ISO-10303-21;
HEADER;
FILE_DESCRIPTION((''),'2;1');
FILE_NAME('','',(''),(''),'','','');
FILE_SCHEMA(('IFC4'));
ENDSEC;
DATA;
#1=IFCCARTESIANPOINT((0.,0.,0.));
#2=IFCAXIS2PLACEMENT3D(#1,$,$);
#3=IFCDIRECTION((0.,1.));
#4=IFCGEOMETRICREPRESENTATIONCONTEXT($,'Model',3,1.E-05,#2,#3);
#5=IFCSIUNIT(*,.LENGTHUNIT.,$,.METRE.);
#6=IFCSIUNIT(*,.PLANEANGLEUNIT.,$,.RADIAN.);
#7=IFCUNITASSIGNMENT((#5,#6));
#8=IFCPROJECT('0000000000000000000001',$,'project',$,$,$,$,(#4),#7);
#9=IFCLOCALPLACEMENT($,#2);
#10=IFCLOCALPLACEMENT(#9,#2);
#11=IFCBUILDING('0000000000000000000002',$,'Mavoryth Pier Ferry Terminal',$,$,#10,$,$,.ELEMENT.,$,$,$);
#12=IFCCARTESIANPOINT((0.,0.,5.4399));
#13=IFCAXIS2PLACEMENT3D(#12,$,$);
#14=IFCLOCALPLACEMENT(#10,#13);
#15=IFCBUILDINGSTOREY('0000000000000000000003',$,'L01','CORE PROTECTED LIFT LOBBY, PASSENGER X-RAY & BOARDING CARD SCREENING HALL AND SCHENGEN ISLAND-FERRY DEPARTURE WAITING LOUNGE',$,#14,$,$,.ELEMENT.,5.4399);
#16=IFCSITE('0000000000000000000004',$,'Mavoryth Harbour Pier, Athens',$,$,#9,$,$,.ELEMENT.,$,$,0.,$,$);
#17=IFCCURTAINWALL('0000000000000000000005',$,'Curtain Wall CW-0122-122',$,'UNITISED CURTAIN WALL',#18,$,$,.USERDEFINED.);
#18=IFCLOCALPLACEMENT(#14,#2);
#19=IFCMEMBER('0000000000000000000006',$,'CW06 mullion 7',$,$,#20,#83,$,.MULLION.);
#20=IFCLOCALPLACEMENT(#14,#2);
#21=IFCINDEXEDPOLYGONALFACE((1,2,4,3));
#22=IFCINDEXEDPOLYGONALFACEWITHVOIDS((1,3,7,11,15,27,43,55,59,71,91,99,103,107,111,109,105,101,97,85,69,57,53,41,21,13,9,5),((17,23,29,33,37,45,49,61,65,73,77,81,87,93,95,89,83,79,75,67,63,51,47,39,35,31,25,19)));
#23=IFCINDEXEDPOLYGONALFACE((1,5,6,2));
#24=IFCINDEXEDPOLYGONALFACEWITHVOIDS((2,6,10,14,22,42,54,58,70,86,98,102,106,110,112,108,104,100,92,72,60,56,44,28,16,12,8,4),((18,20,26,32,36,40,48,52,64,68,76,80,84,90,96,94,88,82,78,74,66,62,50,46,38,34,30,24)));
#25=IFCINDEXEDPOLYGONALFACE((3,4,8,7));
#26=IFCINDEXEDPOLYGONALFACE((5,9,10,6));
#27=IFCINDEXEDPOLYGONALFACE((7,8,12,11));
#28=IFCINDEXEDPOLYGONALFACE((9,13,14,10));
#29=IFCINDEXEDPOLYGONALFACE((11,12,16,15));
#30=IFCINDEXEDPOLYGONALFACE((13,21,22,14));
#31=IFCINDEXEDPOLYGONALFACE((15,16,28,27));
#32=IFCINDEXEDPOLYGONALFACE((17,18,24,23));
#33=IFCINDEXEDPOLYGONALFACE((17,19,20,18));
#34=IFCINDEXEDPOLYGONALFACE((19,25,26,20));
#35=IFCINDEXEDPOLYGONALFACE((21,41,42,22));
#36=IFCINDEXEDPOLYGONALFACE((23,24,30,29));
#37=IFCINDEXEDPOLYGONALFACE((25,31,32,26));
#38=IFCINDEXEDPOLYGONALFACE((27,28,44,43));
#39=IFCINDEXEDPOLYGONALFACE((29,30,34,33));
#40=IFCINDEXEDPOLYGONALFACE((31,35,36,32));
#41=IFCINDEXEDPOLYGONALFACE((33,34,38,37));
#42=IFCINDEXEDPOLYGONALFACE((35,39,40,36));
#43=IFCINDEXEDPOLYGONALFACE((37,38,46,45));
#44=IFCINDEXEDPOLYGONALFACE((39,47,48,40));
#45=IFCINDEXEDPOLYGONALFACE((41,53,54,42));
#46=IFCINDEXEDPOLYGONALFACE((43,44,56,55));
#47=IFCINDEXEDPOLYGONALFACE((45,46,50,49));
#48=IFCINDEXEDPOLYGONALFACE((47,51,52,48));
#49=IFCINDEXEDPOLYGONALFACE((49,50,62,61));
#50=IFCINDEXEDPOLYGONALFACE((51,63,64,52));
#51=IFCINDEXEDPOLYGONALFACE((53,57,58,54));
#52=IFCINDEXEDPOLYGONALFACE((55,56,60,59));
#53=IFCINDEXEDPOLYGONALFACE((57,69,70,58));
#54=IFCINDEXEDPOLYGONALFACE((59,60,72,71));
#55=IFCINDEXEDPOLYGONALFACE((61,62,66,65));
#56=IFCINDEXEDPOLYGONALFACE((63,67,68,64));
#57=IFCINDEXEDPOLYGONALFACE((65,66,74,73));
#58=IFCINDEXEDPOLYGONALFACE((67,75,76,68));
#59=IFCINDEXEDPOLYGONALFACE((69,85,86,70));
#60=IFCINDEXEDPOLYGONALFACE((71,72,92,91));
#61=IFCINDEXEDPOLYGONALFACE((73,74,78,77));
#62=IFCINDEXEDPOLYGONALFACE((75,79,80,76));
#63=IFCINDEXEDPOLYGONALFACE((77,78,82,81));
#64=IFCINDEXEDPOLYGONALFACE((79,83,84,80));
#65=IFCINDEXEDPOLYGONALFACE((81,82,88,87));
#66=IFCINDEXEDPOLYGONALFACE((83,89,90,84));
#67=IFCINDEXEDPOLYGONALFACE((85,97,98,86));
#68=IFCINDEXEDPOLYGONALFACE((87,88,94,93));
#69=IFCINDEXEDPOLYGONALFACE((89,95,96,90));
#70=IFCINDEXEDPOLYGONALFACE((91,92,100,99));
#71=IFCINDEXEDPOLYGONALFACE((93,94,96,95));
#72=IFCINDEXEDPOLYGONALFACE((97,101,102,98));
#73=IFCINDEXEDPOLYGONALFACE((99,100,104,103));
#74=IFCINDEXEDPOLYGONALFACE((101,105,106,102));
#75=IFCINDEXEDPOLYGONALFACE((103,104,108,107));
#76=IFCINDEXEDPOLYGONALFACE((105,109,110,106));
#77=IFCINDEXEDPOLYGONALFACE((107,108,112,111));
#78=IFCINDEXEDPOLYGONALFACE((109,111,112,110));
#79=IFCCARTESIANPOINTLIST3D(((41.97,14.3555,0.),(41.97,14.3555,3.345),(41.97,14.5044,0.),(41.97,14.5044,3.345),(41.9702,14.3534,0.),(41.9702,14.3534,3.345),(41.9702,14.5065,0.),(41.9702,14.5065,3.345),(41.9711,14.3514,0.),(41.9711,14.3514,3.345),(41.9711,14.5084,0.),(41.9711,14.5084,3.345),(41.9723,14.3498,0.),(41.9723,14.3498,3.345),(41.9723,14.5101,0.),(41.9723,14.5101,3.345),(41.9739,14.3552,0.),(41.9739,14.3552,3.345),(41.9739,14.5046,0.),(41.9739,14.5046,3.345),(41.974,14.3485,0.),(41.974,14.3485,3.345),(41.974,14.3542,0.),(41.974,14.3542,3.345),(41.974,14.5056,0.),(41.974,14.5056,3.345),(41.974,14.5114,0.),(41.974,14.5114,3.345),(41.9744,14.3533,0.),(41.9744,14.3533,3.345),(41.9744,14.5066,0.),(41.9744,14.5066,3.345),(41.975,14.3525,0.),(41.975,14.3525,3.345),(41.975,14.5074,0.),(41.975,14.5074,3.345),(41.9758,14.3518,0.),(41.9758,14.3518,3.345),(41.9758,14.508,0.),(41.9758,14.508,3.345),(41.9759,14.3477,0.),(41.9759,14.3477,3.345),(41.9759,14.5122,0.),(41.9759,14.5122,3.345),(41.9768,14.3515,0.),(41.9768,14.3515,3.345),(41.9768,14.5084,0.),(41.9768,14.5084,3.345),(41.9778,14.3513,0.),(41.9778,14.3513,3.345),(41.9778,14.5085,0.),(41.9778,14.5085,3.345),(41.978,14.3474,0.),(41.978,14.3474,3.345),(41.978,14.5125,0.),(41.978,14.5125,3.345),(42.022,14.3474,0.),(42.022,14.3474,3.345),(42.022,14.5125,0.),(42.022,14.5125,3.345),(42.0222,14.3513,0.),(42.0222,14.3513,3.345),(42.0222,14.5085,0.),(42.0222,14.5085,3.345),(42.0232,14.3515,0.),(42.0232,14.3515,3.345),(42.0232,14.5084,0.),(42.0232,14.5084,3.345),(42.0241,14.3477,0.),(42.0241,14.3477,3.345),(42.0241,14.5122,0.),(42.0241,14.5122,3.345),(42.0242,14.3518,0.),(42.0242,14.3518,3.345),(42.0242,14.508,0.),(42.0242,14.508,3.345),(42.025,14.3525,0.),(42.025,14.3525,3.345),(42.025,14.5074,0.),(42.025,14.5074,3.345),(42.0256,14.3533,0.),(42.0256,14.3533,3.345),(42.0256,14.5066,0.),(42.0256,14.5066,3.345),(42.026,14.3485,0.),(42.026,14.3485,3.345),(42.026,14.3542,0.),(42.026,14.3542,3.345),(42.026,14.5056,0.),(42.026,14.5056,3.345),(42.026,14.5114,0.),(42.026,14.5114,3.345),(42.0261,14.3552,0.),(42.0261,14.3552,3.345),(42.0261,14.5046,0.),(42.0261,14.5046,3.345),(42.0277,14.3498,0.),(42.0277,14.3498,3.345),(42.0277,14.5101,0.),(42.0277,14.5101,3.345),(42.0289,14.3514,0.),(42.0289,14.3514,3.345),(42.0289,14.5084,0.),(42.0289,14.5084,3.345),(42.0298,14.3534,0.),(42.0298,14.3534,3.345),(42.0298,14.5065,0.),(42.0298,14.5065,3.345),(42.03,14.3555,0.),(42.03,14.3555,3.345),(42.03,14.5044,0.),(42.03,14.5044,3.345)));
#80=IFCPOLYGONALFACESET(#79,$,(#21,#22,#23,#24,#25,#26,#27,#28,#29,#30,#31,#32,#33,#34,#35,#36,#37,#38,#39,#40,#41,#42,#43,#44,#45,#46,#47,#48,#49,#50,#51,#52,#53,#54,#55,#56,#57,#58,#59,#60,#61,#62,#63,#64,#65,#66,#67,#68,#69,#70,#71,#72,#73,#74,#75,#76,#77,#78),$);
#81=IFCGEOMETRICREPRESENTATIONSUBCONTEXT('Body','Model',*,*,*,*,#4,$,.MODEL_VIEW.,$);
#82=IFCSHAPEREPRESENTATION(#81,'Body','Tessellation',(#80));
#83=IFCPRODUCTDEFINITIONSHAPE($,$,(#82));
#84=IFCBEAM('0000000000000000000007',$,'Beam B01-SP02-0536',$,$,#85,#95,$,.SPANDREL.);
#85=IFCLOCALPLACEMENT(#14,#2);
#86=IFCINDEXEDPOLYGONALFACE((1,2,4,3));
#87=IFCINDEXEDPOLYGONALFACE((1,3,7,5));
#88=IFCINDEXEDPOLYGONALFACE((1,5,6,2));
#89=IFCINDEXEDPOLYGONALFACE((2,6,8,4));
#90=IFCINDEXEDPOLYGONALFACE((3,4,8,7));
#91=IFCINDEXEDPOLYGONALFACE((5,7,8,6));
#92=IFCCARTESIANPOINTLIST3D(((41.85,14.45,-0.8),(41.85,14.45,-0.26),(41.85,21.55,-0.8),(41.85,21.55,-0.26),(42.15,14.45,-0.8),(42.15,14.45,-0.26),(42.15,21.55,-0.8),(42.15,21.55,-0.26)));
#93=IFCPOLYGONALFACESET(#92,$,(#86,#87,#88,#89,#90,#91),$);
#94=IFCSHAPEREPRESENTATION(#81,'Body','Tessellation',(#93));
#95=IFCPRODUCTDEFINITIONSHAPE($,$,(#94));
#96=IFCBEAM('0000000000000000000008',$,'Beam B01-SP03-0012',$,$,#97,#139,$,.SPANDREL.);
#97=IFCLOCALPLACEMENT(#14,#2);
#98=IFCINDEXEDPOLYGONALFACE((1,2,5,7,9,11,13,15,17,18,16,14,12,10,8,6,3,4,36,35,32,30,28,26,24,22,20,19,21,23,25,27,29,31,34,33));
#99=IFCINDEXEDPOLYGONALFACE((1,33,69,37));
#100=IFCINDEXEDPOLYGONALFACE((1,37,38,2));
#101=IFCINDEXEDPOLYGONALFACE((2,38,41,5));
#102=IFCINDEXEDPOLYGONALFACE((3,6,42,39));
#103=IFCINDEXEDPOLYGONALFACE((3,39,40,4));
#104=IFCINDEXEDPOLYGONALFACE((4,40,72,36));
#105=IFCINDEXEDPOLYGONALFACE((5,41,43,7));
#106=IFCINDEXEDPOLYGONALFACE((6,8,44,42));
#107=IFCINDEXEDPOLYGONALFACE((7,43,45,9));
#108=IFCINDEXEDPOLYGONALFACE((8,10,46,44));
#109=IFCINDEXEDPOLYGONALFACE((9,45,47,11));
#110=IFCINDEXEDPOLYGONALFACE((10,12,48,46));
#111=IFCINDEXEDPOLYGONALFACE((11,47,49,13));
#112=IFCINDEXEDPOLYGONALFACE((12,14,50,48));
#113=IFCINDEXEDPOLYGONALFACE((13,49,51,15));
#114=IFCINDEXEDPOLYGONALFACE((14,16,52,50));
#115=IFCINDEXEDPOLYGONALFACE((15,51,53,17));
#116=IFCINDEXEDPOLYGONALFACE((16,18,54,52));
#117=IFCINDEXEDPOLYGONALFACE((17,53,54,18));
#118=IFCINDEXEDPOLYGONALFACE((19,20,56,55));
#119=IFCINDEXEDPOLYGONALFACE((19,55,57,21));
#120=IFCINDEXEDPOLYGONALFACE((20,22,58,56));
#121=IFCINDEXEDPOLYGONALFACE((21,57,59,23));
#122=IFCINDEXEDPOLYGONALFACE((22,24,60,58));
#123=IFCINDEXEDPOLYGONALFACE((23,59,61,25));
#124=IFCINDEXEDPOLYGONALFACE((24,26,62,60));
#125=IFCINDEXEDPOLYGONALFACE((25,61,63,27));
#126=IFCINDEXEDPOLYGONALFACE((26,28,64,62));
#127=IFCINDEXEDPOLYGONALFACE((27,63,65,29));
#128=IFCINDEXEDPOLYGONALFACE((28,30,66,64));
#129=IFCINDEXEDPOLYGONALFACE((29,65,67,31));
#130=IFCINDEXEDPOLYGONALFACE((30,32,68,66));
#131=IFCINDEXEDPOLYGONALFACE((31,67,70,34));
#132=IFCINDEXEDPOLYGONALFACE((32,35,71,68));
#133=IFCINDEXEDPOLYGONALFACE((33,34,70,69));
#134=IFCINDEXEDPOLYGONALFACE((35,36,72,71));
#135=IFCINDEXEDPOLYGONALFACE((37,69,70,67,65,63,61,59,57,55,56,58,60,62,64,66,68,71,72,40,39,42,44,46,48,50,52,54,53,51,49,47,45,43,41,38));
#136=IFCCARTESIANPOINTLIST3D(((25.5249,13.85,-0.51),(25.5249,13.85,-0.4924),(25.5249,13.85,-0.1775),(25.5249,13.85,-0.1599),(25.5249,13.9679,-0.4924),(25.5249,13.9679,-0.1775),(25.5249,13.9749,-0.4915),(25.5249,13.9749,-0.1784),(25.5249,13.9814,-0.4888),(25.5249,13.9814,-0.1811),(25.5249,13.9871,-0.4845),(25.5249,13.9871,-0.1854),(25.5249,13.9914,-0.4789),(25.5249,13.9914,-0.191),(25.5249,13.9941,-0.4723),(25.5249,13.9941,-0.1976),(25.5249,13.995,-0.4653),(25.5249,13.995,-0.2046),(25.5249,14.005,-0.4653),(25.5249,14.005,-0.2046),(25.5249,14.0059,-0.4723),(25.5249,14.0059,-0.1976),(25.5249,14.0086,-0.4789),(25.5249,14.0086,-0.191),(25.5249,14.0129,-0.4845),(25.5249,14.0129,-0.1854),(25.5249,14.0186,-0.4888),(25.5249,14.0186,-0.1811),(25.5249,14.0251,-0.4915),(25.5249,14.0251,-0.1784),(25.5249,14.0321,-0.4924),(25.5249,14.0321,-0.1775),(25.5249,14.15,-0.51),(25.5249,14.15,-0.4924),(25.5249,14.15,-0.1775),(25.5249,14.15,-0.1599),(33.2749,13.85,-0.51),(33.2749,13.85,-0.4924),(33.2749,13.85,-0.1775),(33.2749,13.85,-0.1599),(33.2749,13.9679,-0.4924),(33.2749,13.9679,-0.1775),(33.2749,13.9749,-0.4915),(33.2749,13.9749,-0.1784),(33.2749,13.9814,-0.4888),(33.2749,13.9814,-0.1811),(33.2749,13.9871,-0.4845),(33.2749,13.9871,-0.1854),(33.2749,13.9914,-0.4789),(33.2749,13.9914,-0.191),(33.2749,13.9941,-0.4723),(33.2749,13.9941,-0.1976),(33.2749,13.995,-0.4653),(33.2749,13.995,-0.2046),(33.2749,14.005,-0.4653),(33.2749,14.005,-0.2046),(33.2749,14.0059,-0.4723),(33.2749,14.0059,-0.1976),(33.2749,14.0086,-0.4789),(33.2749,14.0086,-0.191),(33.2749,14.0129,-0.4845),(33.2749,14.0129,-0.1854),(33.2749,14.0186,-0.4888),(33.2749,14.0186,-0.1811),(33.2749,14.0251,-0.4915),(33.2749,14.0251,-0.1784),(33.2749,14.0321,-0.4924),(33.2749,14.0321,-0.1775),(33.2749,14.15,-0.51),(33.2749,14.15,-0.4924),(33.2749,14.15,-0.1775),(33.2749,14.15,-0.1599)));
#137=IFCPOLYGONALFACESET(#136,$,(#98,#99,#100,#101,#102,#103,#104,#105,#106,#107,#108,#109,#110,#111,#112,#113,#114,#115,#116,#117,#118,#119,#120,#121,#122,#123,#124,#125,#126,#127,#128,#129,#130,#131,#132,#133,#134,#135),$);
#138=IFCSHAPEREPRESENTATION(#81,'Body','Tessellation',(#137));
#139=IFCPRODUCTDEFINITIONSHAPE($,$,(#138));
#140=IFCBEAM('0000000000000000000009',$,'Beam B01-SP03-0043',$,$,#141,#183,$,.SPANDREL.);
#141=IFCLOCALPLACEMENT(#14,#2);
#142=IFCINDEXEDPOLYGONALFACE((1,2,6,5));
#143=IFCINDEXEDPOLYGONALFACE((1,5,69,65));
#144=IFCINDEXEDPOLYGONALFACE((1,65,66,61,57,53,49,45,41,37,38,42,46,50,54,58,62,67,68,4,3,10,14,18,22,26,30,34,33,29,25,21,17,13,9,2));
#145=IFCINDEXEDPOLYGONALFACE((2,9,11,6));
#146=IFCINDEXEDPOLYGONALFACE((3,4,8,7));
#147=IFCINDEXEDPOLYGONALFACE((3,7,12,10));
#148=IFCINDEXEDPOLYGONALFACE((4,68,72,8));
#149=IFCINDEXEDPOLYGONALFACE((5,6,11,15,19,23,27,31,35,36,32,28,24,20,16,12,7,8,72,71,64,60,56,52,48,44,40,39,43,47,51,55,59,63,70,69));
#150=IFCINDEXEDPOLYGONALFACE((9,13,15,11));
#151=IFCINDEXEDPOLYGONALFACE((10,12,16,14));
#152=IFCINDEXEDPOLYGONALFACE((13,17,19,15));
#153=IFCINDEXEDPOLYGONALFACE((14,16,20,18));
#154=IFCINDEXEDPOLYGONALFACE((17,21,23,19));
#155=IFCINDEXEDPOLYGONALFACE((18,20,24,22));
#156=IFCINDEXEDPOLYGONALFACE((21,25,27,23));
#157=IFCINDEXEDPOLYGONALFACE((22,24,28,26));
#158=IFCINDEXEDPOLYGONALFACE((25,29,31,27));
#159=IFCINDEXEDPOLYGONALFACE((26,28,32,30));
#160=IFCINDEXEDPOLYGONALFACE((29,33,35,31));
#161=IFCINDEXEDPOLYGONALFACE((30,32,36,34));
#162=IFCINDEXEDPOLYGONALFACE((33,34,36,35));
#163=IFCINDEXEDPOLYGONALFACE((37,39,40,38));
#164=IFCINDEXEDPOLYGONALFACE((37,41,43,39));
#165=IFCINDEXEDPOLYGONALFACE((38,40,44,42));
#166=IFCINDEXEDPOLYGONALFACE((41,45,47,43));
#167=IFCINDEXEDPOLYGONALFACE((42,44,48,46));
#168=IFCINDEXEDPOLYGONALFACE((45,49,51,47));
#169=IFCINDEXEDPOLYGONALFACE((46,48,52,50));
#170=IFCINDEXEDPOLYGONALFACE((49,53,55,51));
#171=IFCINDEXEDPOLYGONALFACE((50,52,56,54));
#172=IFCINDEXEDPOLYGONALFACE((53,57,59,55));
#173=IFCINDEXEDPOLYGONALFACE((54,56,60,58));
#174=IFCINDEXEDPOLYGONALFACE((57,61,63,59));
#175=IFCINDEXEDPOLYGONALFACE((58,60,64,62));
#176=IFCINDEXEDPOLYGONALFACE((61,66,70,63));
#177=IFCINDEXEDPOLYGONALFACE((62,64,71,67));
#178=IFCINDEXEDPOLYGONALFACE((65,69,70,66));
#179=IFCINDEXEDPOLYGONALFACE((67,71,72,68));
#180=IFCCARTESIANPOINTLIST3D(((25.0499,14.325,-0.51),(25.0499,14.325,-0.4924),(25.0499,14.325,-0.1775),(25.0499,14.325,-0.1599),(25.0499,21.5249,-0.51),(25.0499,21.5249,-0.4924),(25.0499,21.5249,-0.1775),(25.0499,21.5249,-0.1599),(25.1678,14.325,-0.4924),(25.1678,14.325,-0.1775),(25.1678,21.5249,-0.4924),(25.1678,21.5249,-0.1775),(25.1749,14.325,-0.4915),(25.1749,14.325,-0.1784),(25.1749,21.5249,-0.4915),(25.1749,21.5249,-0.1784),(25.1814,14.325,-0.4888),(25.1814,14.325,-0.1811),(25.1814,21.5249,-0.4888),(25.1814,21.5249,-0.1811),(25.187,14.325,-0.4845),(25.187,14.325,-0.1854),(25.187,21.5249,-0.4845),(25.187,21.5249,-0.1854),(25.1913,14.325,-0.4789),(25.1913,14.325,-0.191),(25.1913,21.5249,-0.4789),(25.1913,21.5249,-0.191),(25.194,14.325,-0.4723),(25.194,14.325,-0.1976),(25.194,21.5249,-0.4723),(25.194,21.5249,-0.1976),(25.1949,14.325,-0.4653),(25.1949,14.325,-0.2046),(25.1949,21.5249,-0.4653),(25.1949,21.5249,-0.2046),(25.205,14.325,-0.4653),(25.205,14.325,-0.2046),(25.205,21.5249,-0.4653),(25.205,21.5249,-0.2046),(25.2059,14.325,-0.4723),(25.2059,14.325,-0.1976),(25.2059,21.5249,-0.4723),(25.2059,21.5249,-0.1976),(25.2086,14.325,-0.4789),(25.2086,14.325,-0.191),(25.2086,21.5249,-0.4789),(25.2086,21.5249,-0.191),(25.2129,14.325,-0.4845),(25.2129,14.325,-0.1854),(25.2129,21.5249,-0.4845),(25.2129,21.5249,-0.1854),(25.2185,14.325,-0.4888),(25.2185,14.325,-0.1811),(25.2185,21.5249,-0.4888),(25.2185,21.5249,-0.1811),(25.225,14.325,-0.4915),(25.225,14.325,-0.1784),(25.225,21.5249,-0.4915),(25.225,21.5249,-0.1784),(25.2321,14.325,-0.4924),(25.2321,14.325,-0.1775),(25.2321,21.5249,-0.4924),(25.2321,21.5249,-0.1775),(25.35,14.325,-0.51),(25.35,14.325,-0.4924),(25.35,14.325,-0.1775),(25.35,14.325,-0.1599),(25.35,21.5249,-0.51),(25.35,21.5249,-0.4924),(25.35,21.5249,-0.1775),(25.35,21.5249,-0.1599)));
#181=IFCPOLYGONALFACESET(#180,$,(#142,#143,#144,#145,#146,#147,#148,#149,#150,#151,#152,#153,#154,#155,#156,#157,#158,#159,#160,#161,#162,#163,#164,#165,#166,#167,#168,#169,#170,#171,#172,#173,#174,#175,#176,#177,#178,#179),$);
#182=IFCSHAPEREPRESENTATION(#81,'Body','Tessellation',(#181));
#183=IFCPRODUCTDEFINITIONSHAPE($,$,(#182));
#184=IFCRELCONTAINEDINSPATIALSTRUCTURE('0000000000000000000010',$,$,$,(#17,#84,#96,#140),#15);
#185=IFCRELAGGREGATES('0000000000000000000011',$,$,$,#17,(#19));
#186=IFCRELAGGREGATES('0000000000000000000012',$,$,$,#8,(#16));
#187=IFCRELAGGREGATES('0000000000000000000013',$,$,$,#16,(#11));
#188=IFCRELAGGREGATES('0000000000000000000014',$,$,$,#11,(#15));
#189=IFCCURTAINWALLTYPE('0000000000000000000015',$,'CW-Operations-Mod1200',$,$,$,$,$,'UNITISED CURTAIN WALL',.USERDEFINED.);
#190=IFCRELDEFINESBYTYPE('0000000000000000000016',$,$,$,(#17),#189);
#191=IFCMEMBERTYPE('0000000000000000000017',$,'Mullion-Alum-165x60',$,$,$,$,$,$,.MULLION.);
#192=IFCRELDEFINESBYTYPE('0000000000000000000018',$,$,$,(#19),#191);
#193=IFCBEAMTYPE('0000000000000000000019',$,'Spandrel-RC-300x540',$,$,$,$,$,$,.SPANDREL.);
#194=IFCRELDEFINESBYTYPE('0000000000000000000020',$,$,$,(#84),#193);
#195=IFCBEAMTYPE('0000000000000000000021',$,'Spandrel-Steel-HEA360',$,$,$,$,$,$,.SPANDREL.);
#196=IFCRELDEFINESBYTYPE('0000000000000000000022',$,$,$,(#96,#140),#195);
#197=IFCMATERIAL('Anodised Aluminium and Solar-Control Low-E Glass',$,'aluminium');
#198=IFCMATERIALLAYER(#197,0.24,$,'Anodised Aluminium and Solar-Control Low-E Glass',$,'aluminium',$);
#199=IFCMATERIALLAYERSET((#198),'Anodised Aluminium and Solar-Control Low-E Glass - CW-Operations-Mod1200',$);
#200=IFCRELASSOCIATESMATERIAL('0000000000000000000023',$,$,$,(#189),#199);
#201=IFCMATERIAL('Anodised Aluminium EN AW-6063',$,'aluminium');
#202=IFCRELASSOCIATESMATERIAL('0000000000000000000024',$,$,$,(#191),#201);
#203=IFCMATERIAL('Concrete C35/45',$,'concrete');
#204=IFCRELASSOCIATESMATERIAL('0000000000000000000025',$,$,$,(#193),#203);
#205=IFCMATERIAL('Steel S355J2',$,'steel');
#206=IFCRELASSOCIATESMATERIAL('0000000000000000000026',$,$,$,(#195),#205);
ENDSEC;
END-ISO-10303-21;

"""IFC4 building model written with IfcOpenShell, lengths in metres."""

from ifc_helpers import new_model, si_unit, direction, frame, origin, origin_2d, place, context, subcontext, project, spatial, rectangle, hollow_rectangle, i_section, extrude, material, layer, layer_set, material_profile, profile_set, type_object, element, aggregate, save


model = new_model("IFC4")

# Units and contexts
model_context = context("Model", 3, precision=1e-05, world=origin(), true_north=direction((0.0, 1.0)))
body_context = subcontext(model_context, "Body", "Model", "MODEL_VIEW")
ifc_project = project(units=[si_unit("LENGTHUNIT", "METRE"), si_unit("PLANEANGLEUNIT", "RADIAN")], contexts=[model_context])

# Site, building, storey
site_placement = place(None, origin())
site = spatial("IfcSite", under=ifc_project, at=site_placement, Name="Mavoryth Harbour Pier, Athens", CompositionType="ELEMENT", RefElevation=0.0)
building_placement = place(site_placement, origin())
building = spatial("IfcBuilding", under=site, at=building_placement, Name="Mavoryth Pier Ferry Terminal", CompositionType="ELEMENT")
storey_placement = place(building_placement, frame((0.0, 0.0, 5.4399)))
storey = spatial("IfcBuildingStorey", under=building, at=storey_placement, Name="L01", Description="CORE PROTECTED LIFT LOBBY, PASSENGER X-RAY & BOARDING CARD SCREENING HALL AND SCHENGEN ISLAND-FERRY DEPARTURE WAITING LOUNGE", CompositionType="ELEMENT", Elevation=5.4399)

# Curtain wall, member
ifc_material_1 = material(Name="Anodised Aluminium and Solar-Control Low-E Glass", Category="aluminium")
ifc_layer_1 = layer(ifc_material_1, 0.24, Name="Anodised Aluminium and Solar-Control Low-E Glass", Category="aluminium")
ifc_layer_set_1 = layer_set([ifc_layer_1], Name="Anodised Aluminium and Solar-Control Low-E Glass - CW-Operations-Mod1200")
curtain_wall_type_1 = type_object("IfcCurtainWallType", Name="CW-Operations-Mod1200", ElementType="UNITISED CURTAIN WALL", PredefinedType="USERDEFINED", material=ifc_layer_set_1)
ifc_material_2 = material(Name="Anodised Aluminium EN AW-6063", Category="aluminium")
ifc_material_profile_1 = material_profile(ifc_material_2, hollow_rectangle(XDim=0.0601, YDim=0.165, WallThickness=0.0039, InnerFilletRadius=0.0039, OuterFilletRadius=0.0081, at=origin_2d()), Name="AL-MULL 165x60x4", Category="aluminium")
ifc_profile_set_1 = profile_set([ifc_material_profile_1], Name="Anodised Aluminium EN AW-6063 - AL-MULL 165x60x4")
member_type_1 = type_object("IfcMemberType", Name="Mullion-Alum-165x60", PredefinedType="MULLION", material=ifc_profile_set_1)
curtain_wall_1_placement = place(storey_placement, origin())
curtain_wall_1 = element("IfcCurtainWall", 1, at=curtain_wall_1_placement, inside=storey, type_object=curtain_wall_type_1, Name="Curtain Wall CW-0122-122", ObjectType="UNITISED CURTAIN WALL", PredefinedType="USERDEFINED")
member_1_placement = place(storey_placement, frame((42.0, 14.4299, 0.0), z_axis=(0.0, 0.0, 1.0), x_axis=(1.0, 0.0, 0.0)))
member_1 = element("IfcMember", 2, at=member_1_placement, type_object=member_type_1, Name="CW06 mullion 7", PredefinedType="MULLION", context=body_context, shape_type="SweptSolid", body=[
    extrude(hollow_rectangle(XDim=0.0601, YDim=0.165, WallThickness=0.0039, InnerFilletRadius=0.0039, OuterFilletRadius=0.0081, at=origin_2d()), origin(), (0.0, 0.0, 1.0), 3.345),
])

# Beams
ifc_material_3 = material(Name="Concrete C35/45", Category="concrete")
ifc_material_profile_2 = material_profile(ifc_material_3, rectangle(XDim=0.3, YDim=0.54, at=origin_2d()), Name="RC 300x540", Category="concrete")
ifc_profile_set_2 = profile_set([ifc_material_profile_2], Name="Concrete C35/45 - RC 300x540")
beam_type_1 = type_object("IfcBeamType", Name="Spandrel-RC-300x540", PredefinedType="SPANDREL", material=ifc_profile_set_2)
beam_1_placement = place(storey_placement, frame((42.0, 14.45, -0.53), z_axis=(0.0, 1.0, 0.0), x_axis=(-1.0, 0.0, 0.0)))
element("IfcBeam", 3, at=beam_1_placement, inside=storey, type_object=beam_type_1, Name="Beam B01-SP02-0536", PredefinedType="SPANDREL", context=body_context, shape_type="SweptSolid", body=[
    extrude(rectangle(XDim=0.3, YDim=0.54, at=origin_2d()), origin(), (0.0, 0.0, 1.0), 7.1001),
])
ifc_material_4 = material(Name="Steel S355J2", Category="steel")
ifc_material_profile_3 = material_profile(ifc_material_4, i_section(OverallWidth=0.3, OverallDepth=0.3501, WebThickness=0.01, FlangeThickness=0.0176, FilletRadius=0.0271, at=origin_2d()), Name="HEA 360", Category="steel")
ifc_profile_set_3 = profile_set([ifc_material_profile_3], Name="Steel S355J2 - HEA 360")
beam_type_2 = type_object("IfcBeamType", Name="Spandrel-Steel-HEA360", PredefinedType="SPANDREL", material=ifc_profile_set_3)
beam_2_placement = place(storey_placement, frame((25.5249, 14.0, -0.335), z_axis=(1.0, 0.0, 0.0), x_axis=(0.0, 1.0, 0.0)))
element("IfcBeam", 4, at=beam_2_placement, inside=storey, type_object=beam_type_2, Name="Beam B01-SP03-0012", PredefinedType="SPANDREL", context=body_context, shape_type="SweptSolid", body=[
    extrude(i_section(OverallWidth=0.3, OverallDepth=0.3501, WebThickness=0.01, FlangeThickness=0.0176, FilletRadius=0.0271, at=origin_2d()), origin(), (0.0, 0.0, 1.0), 7.75),
])
beam_3_placement = place(storey_placement, frame((25.2, 14.325, -0.335), z_axis=(0.0, 1.0, 0.0), x_axis=(-1.0, 0.0, 0.0)))
element("IfcBeam", 5, at=beam_3_placement, inside=storey, type_object=beam_type_2, Name="Beam B01-SP03-0043", PredefinedType="SPANDREL", context=body_context, shape_type="SweptSolid", body=[
    extrude(i_section(OverallWidth=0.3, OverallDepth=0.3501, WebThickness=0.01, FlangeThickness=0.0176, FilletRadius=0.0271, at=origin_2d()), origin(), (0.0, 0.0, 1.0), 7.2),
])

aggregate(curtain_wall_1, [member_1])

save(model, "model.ifc")
